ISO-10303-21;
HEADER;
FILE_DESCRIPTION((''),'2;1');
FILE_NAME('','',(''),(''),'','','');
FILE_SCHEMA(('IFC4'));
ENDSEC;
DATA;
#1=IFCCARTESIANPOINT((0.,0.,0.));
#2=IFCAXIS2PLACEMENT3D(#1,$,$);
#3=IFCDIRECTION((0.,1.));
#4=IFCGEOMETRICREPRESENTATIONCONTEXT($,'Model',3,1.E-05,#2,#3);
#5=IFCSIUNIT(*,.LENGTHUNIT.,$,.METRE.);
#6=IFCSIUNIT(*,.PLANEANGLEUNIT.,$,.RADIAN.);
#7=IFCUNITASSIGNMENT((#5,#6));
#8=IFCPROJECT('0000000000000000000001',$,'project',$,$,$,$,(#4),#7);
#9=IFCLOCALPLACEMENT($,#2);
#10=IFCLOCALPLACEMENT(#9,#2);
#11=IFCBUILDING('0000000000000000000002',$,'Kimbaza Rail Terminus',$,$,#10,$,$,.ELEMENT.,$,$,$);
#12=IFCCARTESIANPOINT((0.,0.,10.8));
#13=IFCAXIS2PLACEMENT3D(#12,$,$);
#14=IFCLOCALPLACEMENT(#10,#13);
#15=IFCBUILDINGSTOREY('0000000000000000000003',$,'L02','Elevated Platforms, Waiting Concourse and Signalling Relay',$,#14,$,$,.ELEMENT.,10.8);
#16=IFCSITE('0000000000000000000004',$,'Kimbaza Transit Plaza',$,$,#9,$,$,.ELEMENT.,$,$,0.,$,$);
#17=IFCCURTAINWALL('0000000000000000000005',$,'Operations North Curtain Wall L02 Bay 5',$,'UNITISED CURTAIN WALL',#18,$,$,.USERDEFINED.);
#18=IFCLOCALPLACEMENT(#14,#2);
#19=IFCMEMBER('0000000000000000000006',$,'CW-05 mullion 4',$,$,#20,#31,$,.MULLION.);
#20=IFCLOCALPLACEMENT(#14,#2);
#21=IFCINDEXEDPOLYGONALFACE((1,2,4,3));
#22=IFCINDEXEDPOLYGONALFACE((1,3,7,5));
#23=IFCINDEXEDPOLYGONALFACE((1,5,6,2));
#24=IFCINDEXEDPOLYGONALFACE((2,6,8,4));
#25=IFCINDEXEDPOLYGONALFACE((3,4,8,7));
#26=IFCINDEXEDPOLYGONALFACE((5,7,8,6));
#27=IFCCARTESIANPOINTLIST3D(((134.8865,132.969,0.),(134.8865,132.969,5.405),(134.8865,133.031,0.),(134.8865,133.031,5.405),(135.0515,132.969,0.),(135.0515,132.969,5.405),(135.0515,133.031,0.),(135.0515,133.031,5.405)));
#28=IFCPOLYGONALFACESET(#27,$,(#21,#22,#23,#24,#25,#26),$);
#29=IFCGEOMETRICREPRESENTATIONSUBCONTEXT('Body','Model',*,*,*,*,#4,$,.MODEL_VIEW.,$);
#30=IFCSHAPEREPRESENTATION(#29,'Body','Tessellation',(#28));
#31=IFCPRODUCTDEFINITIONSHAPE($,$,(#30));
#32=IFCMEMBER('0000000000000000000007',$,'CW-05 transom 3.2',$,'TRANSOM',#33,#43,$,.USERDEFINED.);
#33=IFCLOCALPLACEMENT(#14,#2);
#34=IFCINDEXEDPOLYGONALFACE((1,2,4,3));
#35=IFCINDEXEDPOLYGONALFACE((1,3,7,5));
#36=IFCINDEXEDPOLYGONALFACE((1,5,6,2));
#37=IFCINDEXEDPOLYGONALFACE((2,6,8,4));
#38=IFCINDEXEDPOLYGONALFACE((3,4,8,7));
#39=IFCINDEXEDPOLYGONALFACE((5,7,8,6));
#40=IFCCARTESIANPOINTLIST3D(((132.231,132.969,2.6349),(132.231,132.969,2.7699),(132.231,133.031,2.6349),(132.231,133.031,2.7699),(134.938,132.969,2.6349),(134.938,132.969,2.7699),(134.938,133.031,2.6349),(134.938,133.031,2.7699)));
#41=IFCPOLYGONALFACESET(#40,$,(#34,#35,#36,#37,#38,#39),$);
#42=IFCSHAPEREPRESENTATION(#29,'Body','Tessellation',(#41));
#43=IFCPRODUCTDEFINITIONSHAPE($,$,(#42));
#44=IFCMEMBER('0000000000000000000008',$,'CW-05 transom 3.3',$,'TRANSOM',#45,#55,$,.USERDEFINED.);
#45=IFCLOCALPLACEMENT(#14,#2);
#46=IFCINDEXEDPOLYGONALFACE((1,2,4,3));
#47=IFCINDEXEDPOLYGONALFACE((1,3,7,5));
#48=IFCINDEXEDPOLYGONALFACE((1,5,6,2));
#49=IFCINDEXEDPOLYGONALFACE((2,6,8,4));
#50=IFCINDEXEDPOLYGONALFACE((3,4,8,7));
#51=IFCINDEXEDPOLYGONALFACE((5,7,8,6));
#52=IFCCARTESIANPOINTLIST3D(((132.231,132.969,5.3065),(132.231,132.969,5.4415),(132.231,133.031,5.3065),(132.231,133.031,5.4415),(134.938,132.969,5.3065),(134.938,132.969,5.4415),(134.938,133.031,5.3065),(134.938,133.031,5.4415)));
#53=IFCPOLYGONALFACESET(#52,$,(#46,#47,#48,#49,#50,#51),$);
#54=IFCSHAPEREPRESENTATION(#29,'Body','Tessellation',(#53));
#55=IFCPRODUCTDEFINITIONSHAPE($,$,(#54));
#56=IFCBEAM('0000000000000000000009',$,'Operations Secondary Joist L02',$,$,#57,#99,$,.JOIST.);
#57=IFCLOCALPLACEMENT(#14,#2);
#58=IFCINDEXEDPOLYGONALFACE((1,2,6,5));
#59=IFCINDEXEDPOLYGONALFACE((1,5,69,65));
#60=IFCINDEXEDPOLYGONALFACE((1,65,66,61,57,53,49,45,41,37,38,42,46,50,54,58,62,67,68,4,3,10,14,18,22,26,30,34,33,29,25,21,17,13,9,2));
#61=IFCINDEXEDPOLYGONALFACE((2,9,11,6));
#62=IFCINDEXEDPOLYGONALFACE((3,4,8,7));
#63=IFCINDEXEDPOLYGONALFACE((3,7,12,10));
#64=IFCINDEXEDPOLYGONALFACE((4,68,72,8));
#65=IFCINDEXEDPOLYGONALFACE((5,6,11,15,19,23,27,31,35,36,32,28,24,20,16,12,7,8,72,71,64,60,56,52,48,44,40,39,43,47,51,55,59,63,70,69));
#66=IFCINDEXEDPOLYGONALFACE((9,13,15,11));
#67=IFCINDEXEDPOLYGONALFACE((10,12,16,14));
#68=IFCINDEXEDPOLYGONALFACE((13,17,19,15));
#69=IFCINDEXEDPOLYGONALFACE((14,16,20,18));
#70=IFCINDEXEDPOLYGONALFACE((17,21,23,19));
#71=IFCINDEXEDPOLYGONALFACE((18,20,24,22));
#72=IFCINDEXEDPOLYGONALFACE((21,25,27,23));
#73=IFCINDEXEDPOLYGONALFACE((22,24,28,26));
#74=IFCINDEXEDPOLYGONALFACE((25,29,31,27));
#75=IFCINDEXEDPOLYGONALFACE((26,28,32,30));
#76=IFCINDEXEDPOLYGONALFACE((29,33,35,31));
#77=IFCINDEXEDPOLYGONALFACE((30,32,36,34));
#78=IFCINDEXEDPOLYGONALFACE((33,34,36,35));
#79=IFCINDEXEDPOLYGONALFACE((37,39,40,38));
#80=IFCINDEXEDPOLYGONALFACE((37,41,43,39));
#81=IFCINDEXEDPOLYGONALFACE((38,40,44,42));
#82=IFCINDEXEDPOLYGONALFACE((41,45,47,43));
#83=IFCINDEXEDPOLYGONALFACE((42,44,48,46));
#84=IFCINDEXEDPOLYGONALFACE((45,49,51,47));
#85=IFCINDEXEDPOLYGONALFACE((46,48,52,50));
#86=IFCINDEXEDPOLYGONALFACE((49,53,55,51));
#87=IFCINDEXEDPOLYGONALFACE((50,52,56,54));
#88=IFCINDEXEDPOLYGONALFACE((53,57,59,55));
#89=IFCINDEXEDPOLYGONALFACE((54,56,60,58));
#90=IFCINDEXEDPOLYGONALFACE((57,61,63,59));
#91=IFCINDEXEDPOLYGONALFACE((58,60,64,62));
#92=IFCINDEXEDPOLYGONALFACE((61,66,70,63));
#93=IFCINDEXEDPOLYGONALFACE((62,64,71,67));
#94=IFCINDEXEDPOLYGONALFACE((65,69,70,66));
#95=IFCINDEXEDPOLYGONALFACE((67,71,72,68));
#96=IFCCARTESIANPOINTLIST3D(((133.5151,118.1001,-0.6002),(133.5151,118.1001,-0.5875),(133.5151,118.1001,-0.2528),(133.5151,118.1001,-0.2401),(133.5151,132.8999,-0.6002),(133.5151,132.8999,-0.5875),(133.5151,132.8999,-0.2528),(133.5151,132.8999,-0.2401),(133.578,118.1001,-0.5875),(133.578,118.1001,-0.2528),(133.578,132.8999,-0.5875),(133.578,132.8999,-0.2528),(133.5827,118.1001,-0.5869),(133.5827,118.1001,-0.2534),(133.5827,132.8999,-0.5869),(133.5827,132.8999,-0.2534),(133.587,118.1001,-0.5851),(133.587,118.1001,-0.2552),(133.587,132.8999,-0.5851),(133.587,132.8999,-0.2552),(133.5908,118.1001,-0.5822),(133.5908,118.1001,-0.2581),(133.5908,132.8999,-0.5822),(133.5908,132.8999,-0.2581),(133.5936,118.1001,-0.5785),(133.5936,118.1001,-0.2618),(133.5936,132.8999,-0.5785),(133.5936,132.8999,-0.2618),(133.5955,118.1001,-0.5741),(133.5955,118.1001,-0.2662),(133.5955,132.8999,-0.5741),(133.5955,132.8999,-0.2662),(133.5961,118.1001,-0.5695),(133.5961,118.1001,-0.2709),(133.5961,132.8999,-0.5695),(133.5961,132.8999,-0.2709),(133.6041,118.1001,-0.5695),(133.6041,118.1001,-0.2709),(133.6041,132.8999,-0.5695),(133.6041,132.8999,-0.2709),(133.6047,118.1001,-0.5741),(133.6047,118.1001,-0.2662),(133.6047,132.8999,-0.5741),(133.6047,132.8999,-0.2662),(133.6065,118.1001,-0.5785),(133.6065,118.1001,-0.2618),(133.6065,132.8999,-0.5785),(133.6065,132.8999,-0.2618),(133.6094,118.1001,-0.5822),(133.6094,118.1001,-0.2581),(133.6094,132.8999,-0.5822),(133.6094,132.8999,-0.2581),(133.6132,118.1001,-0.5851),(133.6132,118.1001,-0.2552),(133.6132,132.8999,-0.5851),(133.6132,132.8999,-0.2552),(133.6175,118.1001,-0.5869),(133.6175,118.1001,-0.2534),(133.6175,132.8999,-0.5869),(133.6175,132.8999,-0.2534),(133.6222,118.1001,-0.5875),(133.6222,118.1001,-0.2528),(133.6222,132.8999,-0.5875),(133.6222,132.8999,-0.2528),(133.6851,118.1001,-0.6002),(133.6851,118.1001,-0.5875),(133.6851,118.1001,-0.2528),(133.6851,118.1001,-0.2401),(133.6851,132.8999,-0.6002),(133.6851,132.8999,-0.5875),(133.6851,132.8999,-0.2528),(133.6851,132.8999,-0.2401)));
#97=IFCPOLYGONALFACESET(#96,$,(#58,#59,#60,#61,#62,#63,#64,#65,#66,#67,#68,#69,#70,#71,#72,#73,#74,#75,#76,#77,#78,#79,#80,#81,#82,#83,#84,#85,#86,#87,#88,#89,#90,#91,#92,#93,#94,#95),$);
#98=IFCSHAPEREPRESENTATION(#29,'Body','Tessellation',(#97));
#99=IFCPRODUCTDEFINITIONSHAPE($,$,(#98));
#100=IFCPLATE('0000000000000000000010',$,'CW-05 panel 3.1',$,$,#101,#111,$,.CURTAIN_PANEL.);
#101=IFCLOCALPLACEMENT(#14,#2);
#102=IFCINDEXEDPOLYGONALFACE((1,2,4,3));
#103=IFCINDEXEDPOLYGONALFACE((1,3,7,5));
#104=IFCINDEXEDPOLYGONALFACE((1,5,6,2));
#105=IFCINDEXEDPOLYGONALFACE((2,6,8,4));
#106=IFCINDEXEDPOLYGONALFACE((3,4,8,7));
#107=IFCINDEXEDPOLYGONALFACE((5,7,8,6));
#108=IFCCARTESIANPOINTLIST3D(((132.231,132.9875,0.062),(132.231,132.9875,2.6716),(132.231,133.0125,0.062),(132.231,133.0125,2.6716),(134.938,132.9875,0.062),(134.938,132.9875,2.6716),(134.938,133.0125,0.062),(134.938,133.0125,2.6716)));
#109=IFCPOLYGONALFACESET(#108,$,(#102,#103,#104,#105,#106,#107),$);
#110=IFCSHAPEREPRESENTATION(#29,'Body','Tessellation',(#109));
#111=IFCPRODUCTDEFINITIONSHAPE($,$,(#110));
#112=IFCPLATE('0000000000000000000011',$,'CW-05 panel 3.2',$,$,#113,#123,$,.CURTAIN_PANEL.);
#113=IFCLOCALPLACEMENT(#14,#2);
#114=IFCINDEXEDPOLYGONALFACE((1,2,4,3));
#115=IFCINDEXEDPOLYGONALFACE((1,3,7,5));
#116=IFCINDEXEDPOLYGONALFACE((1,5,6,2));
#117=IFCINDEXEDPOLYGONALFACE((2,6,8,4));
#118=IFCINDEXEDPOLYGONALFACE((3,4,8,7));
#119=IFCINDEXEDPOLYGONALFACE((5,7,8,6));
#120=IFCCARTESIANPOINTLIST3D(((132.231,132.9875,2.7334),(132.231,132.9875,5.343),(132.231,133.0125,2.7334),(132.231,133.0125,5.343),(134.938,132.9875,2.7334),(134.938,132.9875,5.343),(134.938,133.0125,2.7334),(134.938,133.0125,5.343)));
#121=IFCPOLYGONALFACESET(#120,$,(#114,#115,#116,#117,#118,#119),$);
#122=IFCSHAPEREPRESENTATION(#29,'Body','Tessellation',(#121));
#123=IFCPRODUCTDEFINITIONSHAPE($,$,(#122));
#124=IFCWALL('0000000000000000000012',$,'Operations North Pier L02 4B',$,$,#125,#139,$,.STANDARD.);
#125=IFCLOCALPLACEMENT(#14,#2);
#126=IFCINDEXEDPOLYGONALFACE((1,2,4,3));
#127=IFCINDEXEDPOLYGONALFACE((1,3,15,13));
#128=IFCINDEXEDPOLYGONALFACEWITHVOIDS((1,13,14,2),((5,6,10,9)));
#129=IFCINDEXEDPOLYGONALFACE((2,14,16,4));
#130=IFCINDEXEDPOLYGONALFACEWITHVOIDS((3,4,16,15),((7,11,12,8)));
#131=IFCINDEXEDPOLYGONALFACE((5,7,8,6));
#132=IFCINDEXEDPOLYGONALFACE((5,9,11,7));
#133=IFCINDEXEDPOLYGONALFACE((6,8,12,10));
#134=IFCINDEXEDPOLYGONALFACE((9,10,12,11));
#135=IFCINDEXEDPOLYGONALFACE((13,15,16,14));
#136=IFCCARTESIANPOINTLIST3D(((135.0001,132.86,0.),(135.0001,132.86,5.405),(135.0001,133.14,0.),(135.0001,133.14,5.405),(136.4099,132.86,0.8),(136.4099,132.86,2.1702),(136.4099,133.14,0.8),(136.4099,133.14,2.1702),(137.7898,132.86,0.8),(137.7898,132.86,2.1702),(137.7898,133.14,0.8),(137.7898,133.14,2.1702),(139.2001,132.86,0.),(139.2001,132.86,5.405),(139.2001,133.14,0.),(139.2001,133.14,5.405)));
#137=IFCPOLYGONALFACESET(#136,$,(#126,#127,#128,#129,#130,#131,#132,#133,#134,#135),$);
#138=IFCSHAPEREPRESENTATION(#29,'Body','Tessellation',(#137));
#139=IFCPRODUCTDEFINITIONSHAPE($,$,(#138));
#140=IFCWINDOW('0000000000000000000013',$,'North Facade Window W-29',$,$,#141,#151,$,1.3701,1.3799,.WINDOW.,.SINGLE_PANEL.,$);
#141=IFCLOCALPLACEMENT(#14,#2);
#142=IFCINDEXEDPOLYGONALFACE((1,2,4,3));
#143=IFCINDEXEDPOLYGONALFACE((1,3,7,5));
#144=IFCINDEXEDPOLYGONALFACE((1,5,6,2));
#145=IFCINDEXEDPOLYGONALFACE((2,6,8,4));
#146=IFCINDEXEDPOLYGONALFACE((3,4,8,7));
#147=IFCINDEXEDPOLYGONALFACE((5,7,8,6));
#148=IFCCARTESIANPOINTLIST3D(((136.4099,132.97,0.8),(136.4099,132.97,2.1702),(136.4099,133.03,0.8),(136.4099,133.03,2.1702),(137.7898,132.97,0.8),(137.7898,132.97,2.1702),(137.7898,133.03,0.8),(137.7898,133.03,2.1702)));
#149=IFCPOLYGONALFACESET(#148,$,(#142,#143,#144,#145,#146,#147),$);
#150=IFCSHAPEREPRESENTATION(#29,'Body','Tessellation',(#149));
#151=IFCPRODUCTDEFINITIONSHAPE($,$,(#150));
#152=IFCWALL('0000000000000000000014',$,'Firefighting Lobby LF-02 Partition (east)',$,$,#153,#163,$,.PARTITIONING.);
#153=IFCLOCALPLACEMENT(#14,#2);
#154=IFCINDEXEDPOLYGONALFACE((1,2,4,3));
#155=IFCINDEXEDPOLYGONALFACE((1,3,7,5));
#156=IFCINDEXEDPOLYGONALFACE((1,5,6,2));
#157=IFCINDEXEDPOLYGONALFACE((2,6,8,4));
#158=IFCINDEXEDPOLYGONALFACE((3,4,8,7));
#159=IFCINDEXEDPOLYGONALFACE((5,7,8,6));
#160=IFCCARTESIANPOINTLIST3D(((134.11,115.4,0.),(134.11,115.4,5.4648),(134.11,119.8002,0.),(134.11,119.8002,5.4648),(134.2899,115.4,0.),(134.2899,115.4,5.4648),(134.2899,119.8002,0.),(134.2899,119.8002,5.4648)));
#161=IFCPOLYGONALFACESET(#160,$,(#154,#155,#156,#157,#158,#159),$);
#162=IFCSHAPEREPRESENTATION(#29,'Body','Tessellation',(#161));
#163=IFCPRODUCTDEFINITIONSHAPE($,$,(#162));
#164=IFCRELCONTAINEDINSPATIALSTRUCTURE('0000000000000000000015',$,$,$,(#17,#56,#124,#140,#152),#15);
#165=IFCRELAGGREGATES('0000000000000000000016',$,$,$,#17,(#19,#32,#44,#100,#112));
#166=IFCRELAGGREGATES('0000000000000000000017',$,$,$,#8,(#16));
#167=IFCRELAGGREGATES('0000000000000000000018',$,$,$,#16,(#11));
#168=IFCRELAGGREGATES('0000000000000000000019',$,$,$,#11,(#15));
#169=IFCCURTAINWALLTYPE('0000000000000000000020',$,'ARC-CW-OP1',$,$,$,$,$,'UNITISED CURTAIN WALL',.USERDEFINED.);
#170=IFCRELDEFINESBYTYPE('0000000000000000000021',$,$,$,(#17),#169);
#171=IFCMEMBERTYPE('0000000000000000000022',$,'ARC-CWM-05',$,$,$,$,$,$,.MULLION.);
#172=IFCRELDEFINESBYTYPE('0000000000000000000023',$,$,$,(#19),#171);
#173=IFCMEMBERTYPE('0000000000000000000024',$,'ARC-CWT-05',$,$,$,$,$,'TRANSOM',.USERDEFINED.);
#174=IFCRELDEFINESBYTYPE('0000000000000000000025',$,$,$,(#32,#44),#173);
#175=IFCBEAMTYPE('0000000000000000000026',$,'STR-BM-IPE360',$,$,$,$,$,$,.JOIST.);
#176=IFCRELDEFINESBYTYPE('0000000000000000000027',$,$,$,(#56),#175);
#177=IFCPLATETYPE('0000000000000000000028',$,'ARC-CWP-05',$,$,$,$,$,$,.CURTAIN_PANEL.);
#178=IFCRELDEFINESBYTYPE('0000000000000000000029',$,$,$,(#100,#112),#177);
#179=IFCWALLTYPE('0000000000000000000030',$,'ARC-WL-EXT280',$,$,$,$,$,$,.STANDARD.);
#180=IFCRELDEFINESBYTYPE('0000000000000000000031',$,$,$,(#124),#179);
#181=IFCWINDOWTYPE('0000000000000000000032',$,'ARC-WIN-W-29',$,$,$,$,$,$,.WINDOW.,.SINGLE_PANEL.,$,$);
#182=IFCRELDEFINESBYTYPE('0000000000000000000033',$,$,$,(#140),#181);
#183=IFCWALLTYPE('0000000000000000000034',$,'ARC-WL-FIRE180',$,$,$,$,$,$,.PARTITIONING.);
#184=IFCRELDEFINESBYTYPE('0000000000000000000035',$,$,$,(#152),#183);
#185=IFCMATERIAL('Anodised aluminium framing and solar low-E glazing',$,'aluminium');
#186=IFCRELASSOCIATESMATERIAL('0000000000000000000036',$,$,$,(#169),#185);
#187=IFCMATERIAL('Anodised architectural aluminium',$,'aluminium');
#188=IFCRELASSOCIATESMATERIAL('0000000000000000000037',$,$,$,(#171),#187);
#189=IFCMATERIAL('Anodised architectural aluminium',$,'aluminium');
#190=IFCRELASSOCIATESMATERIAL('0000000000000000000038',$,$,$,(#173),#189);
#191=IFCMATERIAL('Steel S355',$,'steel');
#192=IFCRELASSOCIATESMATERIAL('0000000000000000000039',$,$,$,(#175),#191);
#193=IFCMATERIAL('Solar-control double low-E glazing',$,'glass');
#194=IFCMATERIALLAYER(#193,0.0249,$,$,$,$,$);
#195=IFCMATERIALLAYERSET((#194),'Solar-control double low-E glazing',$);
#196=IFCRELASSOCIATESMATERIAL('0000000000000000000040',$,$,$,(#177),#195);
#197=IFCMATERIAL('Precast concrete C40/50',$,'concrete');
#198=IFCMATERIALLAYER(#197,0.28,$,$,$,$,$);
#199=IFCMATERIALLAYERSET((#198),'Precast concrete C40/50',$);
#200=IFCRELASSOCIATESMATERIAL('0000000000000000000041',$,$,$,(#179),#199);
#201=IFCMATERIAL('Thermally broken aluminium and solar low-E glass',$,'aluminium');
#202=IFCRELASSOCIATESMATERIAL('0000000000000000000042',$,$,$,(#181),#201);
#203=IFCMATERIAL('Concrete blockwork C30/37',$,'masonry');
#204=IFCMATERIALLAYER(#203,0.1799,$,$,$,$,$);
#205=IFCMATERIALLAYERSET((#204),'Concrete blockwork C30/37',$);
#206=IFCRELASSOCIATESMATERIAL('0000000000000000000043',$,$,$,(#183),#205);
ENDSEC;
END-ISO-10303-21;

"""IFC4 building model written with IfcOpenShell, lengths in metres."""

from ifc_helpers import new_model, si_unit, direction, frame, frame_2d, origin, origin_2d, place, context, subcontext, project, spatial, rectangle, i_section, extrude, material, layer, layer_set, material_profile, profile_set, type_object, element, fill, aggregate, save


model = new_model("IFC4")

# Units and contexts
model_context = context("Model", 3, precision=1e-05, world=origin(), true_north=direction((0.0, 1.0)))
body_context = subcontext(model_context, "Body", "Model", "MODEL_VIEW")
ifc_project = project(units=[si_unit("LENGTHUNIT", "METRE"), si_unit("PLANEANGLEUNIT", "RADIAN")], contexts=[model_context])

# Site, building, storey
site_placement = place(None, origin())
site = spatial("IfcSite", under=ifc_project, at=site_placement, Name="Kimbaza Transit Plaza", CompositionType="ELEMENT", RefElevation=0.0)
building_placement = place(site_placement, origin())
building = spatial("IfcBuilding", under=site, at=building_placement, Name="Kimbaza Rail Terminus", CompositionType="ELEMENT")
storey_placement = place(building_placement, frame((0.0, 0.0, 10.8)))
storey = spatial("IfcBuildingStorey", under=building, at=storey_placement, Name="L02", Description="Elevated Platforms, Waiting Concourse and Signalling Relay", CompositionType="ELEMENT", Elevation=10.8)

# Curtain wall, members
ifc_material_1 = material(Name="Anodised aluminium framing and solar low-E glazing", Category="aluminium")
curtain_wall_type = type_object("IfcCurtainWallType", Name="ARC-CW-OP1", ElementType="UNITISED CURTAIN WALL", PredefinedType="USERDEFINED", material=ifc_material_1)
curtain_wall_placement = place(storey_placement, origin())
curtain_wall = element("IfcCurtainWall", 1, at=curtain_wall_placement, inside=storey, type_object=curtain_wall_type, Name="Operations North Curtain Wall L02 Bay 5", ObjectType="UNITISED CURTAIN WALL", PredefinedType="USERDEFINED")
ifc_material_2 = material(Name="Anodised architectural aluminium", Category="aluminium")
ifc_material_profile_1 = material_profile(ifc_material_2, rectangle(XDim=0.062, YDim=0.165, at=origin_2d()), Name="MULLION 62x165")
ifc_profile_set_1 = profile_set([ifc_material_profile_1], Name="Anodised architectural aluminium")
member_type_1 = type_object("IfcMemberType", Name="ARC-CWM-05", PredefinedType="MULLION", material=ifc_profile_set_1)
member_1_placement = place(storey_placement, frame((134.969, 133.0, 0.0), z_axis=(0.0, 0.0, 1.0), x_axis=(0.0, 1.0, 0.0)))
member_1 = element("IfcMember", 2, at=member_1_placement, type_object=member_type_1, Name="CW-05 mullion 4", PredefinedType="MULLION", context=body_context, shape_type="SweptSolid", body=[
    extrude(rectangle(XDim=0.062, YDim=0.165, at=origin_2d()), origin(), (0.0, 0.0, 1.0), 5.405),
])
ifc_material_3 = material(Name="Anodised architectural aluminium", Category="aluminium")
ifc_material_profile_2 = material_profile(ifc_material_3, rectangle(XDim=0.062, YDim=0.135, at=origin_2d()), Name="TRANSOM 62x135")
ifc_profile_set_2 = profile_set([ifc_material_profile_2], Name="Anodised architectural aluminium")
member_type_2 = type_object("IfcMemberType", Name="ARC-CWT-05", ElementType="TRANSOM", PredefinedType="USERDEFINED", material=ifc_profile_set_2)
member_2_placement = place(storey_placement, frame((132.231, 133.0, 2.7024), z_axis=(1.0, 0.0, 0.0), x_axis=(0.0, 1.0, 0.0)))
member_2 = element("IfcMember", 3, at=member_2_placement, type_object=member_type_2, Name="CW-05 transom 3.2", ObjectType="TRANSOM", PredefinedType="USERDEFINED", context=body_context, shape_type="SweptSolid", body=[
    extrude(rectangle(XDim=0.062, YDim=0.135, at=origin_2d()), origin(), (0.0, 0.0, 1.0), 2.707),
])
member_3_placement = place(storey_placement, frame((132.231, 133.0, 5.374), z_axis=(1.0, 0.0, 0.0), x_axis=(0.0, 1.0, 0.0)))
member_3 = element("IfcMember", 4, at=member_3_placement, type_object=member_type_2, Name="CW-05 transom 3.3", ObjectType="TRANSOM", PredefinedType="USERDEFINED", context=body_context, shape_type="SweptSolid", body=[
    extrude(rectangle(XDim=0.062, YDim=0.135, at=origin_2d()), origin(), (0.0, 0.0, 1.0), 2.707),
])

# Beam
ifc_material_4 = material(Name="Steel S355", Category="steel")
ifc_material_profile_3 = material_profile(ifc_material_4, i_section(OverallWidth=0.1699, OverallDepth=0.3601, WebThickness=0.0081, FlangeThickness=0.0127, FilletRadius=0.0181, at=origin_2d()), Name="IPE 360")
ifc_profile_set_3 = profile_set([ifc_material_profile_3], Name="Steel S355")
beam_type = type_object("IfcBeamType", Name="STR-BM-IPE360", PredefinedType="JOIST", material=ifc_profile_set_3)
beam_placement = place(storey_placement, frame((133.6001, 118.1001, -0.4202), z_axis=(0.0, 1.0, 0.0), x_axis=(-1.0, 0.0, 0.0)))
element("IfcBeam", 5, at=beam_placement, inside=storey, type_object=beam_type, Name="Operations Secondary Joist L02", PredefinedType="JOIST", context=body_context, shape_type="SweptSolid", body=[
    extrude(i_section(OverallWidth=0.1699, OverallDepth=0.3601, WebThickness=0.0081, FlangeThickness=0.0127, FilletRadius=0.0181, at=origin_2d()), origin(), (0.0, 0.0, 1.0), 14.7998),
])

# Plates
ifc_material_5 = material(Name="Solar-control double low-E glazing", Category="glass")
ifc_layer_1 = layer(ifc_material_5, 0.0249)
ifc_layer_set_1 = layer_set([ifc_layer_1], Name="Solar-control double low-E glazing")
plate_type = type_object("IfcPlateType", Name="ARC-CWP-05", PredefinedType="CURTAIN_PANEL", material=ifc_layer_set_1)
plate_1_placement = place(storey_placement, frame((133.5845, 133.0, 0.062), z_axis=(0.0, 0.0, 1.0), x_axis=(1.0, 0.0, 0.0)))
plate_1 = element("IfcPlate", 6, at=plate_1_placement, type_object=plate_type, Name="CW-05 panel 3.1", PredefinedType="CURTAIN_PANEL", context=body_context, shape_type="SweptSolid", body=[
    extrude(rectangle(XDim=2.707, YDim=0.0249, at=origin_2d()), origin(), (0.0, 0.0, 1.0), 2.6096),
])
plate_2_placement = place(storey_placement, frame((133.5845, 133.0, 2.7334), z_axis=(0.0, 0.0, 1.0), x_axis=(1.0, 0.0, 0.0)))
plate_2 = element("IfcPlate", 7, at=plate_2_placement, type_object=plate_type, Name="CW-05 panel 3.2", PredefinedType="CURTAIN_PANEL", context=body_context, shape_type="SweptSolid", body=[
    extrude(rectangle(XDim=2.707, YDim=0.0249, at=origin_2d()), origin(), (0.0, 0.0, 1.0), 2.6096),
])
aggregate(curtain_wall, [member_1, member_2, member_3, plate_1, plate_2])

# Wall, opening, window
ifc_material_6 = material(Name="Precast concrete C40/50", Category="concrete")
ifc_layer_2 = layer(ifc_material_6, 0.28)
ifc_layer_set_2 = layer_set([ifc_layer_2], Name="Precast concrete C40/50")
wall_type_1 = type_object("IfcWallType", Name="ARC-WL-EXT280", PredefinedType="STANDARD", material=ifc_layer_set_2)
wall_1_placement = place(storey_placement, frame((135.0, 133.0, 0.0), z_axis=(0.0, 0.0, 1.0), x_axis=(1.0, 0.0, 0.0)))
wall_1 = element("IfcWall", 8, at=wall_1_placement, inside=storey, type_object=wall_type_1, Name="Operations North Pier L02 4B", PredefinedType="STANDARD", context=body_context, shape_type="SweptSolid", body=[
    extrude(rectangle(XDim=4.2, YDim=0.28, at=frame_2d((2.1001, 0.0))), origin(), (0.0, 0.0, 1.0), 5.405),
])
opening_1_placement = place(wall_1_placement, frame((1.4099, 0.0, 0.8)))
opening_1 = element("IfcOpeningElement", 9, at=opening_1_placement, cuts=wall_1, PredefinedType="OPENING", context=body_context, shape_type="SweptSolid", body=[
    extrude(rectangle(XDim=1.3799, YDim=1.3701, at=frame_2d((0.6899, 0.6851))), frame((0.0, 0.1499, 0.0), z_axis=(0.0, -1.0, 0.0), x_axis=(1.0, 0.0, 0.0)), (0.0, 0.0, 1.0), 0.3),
])
ifc_material_7 = material(Name="Thermally broken aluminium and solar low-E glass", Category="aluminium")
window_type = type_object("IfcWindowType", Name="ARC-WIN-W-29", PartitioningType="SINGLE_PANEL", PredefinedType="WINDOW", material=ifc_material_7)
window_placement = place(opening_1_placement, origin())
window = element("IfcWindow", 10, at=window_placement, inside=storey, type_object=window_type, Name="North Facade Window W-29", OverallHeight=1.3701, OverallWidth=1.3799, PartitioningType="SINGLE_PANEL", PredefinedType="WINDOW", context=body_context, shape_type="SweptSolid", body=[
    extrude(rectangle(XDim=1.3799, YDim=1.3701, at=frame_2d((0.6899, 0.6851))), frame((0.0, 0.03, 0.0), z_axis=(0.0, -1.0, 0.0), x_axis=(1.0, 0.0, 0.0)), (0.0, 0.0, 1.0), 0.0601),
])
fill(opening_1, window)

# Wall
ifc_material_8 = material(Name="Concrete blockwork C30/37", Category="masonry")
ifc_layer_3 = layer(ifc_material_8, 0.1799)
ifc_layer_set_3 = layer_set([ifc_layer_3], Name="Concrete blockwork C30/37")
wall_type_2 = type_object("IfcWallType", Name="ARC-WL-FIRE180", PredefinedType="PARTITIONING", material=ifc_layer_set_3)
wall_2_placement = place(storey_placement, frame((134.2, 115.3999, 0.0), z_axis=(0.0, 0.0, 1.0), x_axis=(0.0, 1.0, 0.0)))
element("IfcWall", 11, at=wall_2_placement, inside=storey, type_object=wall_type_2, Name="Firefighting Lobby LF-02 Partition (east)", PredefinedType="PARTITIONING", context=body_context, shape_type="SweptSolid", body=[
    extrude(rectangle(XDim=4.4001, YDim=0.1799, at=frame_2d((2.2002, 0.0))), origin(), (0.0, 0.0, 1.0), 5.4648),
])

save(model, "model.ifc")
